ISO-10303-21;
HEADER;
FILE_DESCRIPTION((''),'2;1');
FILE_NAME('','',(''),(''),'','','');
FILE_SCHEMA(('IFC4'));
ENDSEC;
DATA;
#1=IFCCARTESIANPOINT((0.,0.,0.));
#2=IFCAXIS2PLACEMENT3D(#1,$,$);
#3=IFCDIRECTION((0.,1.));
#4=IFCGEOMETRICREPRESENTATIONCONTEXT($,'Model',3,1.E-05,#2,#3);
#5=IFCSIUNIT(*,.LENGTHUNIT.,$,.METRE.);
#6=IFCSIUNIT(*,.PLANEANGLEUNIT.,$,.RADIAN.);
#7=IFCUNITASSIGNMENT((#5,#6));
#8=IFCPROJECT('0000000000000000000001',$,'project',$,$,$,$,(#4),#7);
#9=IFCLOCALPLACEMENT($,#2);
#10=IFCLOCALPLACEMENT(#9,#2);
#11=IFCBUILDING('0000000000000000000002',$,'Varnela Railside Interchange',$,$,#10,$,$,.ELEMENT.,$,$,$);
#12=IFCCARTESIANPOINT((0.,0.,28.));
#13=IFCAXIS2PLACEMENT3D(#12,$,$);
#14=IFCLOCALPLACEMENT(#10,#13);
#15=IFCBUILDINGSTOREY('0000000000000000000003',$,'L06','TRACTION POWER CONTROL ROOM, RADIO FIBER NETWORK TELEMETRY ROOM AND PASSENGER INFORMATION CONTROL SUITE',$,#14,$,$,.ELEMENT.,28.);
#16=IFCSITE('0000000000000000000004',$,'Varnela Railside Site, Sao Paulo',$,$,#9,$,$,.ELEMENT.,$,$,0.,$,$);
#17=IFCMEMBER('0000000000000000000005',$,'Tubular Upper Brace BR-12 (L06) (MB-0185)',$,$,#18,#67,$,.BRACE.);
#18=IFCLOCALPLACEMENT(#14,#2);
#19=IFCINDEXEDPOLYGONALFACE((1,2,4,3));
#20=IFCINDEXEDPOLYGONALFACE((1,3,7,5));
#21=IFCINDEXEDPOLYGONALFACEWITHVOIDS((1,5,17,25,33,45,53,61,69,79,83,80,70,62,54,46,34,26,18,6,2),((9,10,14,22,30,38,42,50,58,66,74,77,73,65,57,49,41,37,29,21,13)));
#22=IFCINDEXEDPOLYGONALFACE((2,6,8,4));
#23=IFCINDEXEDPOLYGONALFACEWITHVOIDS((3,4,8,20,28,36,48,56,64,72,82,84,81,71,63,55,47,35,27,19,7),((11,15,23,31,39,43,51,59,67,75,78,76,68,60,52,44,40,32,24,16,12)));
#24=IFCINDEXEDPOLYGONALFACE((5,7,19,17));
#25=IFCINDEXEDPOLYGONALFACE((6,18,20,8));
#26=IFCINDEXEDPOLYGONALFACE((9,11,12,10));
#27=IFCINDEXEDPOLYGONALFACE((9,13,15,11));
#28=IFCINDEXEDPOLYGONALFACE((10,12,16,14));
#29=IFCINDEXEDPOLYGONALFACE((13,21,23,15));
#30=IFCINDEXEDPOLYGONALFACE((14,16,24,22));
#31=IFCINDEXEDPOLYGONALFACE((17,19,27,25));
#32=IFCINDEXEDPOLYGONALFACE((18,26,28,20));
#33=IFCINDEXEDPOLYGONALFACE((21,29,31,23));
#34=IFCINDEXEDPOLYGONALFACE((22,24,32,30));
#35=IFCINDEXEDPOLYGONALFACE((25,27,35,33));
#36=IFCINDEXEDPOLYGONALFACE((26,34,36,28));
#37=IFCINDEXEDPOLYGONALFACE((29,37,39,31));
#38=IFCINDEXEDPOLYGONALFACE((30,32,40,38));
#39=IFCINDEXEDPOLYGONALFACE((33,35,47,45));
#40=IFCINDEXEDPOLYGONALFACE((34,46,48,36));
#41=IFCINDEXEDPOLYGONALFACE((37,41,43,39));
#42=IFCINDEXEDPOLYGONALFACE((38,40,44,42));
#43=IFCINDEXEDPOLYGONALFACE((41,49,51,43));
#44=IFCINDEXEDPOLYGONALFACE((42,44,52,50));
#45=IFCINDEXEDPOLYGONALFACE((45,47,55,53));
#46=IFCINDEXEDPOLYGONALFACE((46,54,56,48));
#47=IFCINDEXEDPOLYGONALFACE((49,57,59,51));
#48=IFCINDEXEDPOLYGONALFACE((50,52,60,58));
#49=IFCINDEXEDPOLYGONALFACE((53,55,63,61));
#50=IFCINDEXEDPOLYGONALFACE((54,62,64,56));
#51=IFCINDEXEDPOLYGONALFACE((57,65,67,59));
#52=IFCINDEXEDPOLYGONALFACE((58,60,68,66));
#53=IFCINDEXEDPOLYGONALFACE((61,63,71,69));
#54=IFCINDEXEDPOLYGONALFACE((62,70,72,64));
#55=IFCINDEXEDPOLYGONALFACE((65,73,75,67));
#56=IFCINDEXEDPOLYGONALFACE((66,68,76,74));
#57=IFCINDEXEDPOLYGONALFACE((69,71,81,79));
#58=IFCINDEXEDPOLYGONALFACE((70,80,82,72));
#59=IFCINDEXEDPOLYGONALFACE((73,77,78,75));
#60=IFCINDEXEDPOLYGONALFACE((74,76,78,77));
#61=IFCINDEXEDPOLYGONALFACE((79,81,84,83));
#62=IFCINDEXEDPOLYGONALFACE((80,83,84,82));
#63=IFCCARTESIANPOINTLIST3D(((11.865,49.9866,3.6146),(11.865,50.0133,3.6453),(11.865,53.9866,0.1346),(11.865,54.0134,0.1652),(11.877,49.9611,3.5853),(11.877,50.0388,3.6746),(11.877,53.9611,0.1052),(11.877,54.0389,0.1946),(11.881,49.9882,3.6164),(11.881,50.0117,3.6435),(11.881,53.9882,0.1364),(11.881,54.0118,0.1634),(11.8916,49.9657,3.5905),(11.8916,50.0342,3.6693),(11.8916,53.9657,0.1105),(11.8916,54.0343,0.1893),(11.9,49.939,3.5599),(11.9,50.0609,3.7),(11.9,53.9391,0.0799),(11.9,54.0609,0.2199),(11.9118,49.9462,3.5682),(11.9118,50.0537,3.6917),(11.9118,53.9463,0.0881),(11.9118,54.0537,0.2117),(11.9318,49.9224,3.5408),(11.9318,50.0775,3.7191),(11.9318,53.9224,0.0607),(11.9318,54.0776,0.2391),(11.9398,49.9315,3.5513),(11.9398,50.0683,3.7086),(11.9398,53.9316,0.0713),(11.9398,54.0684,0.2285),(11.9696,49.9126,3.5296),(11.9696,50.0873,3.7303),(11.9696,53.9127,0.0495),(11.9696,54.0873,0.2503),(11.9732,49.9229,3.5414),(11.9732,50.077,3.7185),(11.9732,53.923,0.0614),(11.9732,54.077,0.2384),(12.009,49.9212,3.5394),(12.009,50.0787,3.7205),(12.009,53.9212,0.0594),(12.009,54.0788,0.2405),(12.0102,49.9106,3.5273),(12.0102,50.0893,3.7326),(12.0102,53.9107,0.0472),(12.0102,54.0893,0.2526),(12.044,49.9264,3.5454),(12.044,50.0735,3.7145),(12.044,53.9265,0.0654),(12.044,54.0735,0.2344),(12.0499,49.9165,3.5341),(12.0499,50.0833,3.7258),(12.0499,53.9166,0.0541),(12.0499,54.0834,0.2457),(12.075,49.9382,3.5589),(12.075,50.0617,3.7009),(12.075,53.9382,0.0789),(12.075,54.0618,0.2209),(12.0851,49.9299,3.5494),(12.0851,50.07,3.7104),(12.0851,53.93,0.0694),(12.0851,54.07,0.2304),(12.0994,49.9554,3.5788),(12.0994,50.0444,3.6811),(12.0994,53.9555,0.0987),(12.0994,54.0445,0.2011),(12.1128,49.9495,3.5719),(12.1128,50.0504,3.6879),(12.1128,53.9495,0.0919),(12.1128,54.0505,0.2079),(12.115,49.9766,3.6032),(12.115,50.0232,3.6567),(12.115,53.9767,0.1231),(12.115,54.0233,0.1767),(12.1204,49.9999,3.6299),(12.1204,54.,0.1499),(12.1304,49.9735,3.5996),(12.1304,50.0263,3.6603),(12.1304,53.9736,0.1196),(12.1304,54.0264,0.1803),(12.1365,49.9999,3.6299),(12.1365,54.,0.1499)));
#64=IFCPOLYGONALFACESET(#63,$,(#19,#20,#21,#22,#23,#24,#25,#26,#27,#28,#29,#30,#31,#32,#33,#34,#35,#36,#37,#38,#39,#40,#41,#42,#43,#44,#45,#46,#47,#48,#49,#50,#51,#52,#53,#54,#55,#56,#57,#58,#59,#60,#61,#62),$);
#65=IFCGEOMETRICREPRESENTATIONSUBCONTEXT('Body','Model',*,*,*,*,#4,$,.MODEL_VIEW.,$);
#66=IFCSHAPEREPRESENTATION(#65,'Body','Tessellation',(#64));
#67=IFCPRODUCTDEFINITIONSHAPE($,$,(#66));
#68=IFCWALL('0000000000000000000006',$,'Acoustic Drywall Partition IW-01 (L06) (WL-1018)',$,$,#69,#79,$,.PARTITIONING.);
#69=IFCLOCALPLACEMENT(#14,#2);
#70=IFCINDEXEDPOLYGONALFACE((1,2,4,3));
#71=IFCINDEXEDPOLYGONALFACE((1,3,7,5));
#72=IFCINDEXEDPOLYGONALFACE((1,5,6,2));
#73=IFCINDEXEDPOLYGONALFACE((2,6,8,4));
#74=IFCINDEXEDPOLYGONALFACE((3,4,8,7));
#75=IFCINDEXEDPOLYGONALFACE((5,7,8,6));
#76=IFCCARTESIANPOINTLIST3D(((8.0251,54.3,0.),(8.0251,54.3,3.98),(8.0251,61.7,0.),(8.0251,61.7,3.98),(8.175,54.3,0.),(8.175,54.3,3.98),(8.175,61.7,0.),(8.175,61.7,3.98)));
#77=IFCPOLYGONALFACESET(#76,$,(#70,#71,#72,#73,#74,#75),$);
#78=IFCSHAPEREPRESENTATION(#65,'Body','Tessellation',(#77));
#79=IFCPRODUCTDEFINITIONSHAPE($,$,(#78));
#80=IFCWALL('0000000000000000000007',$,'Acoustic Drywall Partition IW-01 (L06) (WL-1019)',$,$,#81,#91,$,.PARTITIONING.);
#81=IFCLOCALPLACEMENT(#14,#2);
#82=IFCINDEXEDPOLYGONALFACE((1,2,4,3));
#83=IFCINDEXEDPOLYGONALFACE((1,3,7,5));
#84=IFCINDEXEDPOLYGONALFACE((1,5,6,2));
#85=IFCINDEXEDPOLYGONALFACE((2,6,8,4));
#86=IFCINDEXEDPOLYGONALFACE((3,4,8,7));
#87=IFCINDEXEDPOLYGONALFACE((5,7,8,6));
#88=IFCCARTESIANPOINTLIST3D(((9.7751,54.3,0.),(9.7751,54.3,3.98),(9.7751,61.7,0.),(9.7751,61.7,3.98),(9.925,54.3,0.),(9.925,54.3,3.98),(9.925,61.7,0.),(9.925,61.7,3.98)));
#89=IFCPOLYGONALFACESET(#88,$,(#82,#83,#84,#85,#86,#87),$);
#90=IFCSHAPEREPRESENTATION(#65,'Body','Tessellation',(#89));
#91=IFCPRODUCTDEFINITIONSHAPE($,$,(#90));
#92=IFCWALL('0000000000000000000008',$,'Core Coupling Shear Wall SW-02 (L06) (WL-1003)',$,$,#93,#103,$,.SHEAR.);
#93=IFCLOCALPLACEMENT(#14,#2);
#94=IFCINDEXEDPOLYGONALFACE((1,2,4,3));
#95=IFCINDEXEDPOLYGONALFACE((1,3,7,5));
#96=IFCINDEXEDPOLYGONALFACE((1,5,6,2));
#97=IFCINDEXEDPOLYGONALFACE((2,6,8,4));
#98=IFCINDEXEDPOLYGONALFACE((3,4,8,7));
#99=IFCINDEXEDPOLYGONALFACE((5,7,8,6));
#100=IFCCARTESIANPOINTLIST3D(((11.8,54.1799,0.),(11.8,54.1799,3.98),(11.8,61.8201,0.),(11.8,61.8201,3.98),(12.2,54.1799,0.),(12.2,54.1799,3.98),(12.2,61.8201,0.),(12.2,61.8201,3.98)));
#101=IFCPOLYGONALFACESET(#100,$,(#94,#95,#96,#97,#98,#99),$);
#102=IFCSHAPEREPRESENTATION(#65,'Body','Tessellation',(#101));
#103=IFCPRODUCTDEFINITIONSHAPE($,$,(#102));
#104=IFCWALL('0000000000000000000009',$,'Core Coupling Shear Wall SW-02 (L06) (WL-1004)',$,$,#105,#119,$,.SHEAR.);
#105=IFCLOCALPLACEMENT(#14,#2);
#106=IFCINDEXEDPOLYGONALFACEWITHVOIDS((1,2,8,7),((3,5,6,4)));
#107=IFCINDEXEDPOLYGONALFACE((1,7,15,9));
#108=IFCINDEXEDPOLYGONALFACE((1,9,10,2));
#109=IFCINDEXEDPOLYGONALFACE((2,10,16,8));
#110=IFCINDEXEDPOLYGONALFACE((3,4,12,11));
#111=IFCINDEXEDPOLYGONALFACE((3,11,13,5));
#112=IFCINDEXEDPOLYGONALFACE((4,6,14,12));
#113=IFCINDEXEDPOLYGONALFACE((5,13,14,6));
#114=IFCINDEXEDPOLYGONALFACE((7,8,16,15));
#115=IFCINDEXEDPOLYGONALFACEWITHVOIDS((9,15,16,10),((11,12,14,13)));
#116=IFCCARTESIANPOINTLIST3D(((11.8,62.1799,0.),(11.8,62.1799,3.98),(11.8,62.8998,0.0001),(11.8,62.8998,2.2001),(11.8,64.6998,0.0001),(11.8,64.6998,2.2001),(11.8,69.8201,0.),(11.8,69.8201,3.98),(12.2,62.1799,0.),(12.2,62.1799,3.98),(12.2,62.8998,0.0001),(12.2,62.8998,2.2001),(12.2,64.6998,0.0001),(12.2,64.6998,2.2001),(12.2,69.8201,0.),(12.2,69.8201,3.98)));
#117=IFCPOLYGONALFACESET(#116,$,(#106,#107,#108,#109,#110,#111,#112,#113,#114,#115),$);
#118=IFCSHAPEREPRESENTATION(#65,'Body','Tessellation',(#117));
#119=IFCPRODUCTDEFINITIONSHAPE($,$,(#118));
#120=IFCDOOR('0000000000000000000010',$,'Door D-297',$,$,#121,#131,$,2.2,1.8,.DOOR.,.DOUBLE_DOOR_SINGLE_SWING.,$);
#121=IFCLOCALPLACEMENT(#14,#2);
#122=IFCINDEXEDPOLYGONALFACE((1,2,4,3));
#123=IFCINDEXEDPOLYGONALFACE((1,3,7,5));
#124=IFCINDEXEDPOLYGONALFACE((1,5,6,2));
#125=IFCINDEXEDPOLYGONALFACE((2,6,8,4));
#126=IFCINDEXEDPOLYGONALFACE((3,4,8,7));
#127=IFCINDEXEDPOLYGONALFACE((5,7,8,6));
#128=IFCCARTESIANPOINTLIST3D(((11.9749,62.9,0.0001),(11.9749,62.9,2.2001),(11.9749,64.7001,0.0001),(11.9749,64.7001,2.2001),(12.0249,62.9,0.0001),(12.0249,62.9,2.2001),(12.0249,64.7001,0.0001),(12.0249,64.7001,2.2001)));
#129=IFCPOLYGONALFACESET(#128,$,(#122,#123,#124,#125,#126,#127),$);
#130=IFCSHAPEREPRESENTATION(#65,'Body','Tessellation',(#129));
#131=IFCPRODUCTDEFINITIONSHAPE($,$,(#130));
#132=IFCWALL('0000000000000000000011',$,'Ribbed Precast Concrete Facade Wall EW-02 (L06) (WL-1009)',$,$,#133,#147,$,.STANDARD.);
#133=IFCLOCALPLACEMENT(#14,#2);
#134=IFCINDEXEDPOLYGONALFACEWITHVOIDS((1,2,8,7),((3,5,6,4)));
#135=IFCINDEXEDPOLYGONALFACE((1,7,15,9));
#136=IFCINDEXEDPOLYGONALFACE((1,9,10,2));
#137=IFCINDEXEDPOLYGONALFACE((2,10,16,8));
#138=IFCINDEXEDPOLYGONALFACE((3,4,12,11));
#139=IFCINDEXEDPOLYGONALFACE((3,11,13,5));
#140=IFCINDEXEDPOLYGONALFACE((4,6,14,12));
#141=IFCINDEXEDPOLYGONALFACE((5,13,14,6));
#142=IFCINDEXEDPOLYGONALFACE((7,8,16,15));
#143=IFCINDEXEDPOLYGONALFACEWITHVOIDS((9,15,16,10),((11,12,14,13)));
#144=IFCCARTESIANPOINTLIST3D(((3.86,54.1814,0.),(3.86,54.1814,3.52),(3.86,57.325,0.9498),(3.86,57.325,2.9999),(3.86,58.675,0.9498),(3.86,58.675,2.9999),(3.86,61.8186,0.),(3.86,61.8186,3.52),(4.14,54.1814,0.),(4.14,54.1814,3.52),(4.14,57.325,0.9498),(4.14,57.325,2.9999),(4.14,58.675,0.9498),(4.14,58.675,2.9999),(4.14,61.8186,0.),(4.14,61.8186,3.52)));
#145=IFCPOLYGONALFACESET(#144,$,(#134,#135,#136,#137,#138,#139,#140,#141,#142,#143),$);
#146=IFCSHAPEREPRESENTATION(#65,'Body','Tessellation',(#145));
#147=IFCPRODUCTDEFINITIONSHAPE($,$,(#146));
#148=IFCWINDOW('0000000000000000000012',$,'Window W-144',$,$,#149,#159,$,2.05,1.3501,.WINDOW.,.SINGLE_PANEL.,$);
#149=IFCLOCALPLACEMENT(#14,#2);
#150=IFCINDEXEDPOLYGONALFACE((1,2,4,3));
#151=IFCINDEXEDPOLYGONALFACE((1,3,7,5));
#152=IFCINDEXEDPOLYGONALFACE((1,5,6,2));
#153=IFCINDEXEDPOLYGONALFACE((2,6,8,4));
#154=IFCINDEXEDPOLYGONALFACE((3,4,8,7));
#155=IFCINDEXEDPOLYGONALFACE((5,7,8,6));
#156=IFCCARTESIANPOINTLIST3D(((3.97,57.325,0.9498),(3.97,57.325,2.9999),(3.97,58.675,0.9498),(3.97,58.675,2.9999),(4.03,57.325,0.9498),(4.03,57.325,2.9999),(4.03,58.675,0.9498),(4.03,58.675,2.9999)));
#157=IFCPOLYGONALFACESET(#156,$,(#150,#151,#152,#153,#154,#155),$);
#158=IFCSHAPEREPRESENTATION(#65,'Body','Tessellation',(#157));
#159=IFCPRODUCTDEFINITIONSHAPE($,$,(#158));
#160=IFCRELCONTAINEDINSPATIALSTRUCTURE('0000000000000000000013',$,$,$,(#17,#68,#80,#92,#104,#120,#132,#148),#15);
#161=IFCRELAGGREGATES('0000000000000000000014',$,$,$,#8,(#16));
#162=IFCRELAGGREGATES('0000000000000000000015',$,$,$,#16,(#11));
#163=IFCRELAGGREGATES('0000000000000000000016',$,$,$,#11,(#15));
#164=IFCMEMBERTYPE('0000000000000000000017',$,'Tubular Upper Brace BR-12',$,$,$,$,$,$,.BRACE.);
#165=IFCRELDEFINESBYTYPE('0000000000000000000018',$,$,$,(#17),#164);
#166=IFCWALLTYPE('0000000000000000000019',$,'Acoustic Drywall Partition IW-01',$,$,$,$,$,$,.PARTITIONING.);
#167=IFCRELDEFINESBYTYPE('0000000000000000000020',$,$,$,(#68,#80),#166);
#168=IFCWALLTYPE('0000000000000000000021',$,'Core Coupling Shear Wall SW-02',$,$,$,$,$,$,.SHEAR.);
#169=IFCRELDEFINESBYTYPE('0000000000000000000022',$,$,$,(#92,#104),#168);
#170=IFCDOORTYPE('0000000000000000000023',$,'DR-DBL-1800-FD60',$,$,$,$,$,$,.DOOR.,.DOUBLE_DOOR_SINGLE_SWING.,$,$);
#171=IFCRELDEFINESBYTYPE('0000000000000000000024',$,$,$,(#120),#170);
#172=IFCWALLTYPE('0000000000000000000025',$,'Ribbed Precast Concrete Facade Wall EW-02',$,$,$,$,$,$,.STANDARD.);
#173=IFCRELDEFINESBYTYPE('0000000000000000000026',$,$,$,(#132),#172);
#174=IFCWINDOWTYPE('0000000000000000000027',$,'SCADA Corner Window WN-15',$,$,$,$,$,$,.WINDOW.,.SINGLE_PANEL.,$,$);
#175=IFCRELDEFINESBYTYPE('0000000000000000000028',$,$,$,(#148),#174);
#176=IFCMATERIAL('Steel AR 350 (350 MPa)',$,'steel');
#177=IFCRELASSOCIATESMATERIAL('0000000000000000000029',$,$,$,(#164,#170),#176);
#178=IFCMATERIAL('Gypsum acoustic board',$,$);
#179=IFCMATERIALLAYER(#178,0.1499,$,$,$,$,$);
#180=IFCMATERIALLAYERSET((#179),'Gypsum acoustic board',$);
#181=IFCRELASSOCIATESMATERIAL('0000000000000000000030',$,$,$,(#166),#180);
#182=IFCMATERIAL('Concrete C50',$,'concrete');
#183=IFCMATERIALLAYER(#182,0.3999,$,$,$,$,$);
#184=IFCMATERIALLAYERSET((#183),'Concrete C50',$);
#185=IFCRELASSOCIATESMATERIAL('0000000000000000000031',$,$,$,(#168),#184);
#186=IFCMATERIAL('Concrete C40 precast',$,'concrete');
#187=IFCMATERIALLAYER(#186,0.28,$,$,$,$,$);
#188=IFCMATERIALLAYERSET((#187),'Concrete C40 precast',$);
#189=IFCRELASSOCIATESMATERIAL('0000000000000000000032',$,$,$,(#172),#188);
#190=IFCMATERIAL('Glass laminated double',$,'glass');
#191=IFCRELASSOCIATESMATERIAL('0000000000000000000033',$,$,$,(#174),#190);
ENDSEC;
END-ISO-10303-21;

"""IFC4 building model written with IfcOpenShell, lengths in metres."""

from ifc_helpers import new_model, si_unit, direction, frame, frame_2d, origin, origin_2d, place, context, subcontext, project, spatial, rectangle, hollow_circle, extrude, material, layer, layer_set, material_profile, profile_set, type_object, element, fill, save


model = new_model("IFC4")

# Units and contexts
model_context = context("Model", 3, precision=1e-05, world=origin(), true_north=direction((0.0, 1.0)))
body_context = subcontext(model_context, "Body", "Model", "MODEL_VIEW")
ifc_project = project(units=[si_unit("LENGTHUNIT", "METRE"), si_unit("PLANEANGLEUNIT", "RADIAN")], contexts=[model_context])

# Site, building, storey
site_placement = place(None, origin())
site = spatial("IfcSite", under=ifc_project, at=site_placement, Name="Varnela Railside Site, Sao Paulo", CompositionType="ELEMENT", RefElevation=0.0)
building_placement = place(site_placement, origin())
building = spatial("IfcBuilding", under=site, at=building_placement, Name="Varnela Railside Interchange", CompositionType="ELEMENT")
storey_placement = place(building_placement, frame((0.0, 0.0, 28.0)))
storey = spatial("IfcBuildingStorey", under=building, at=storey_placement, Name="L06", Description="TRACTION POWER CONTROL ROOM, RADIO FIBER NETWORK TELEMETRY ROOM AND PASSENGER INFORMATION CONTROL SUITE", CompositionType="ELEMENT", Elevation=28.0)

# Shared definitions
ifc_material_1 = material(Name="Steel AR 350 (350 MPa)", Category="steel")

# Member
ifc_material_profile_1 = material_profile(ifc_material_1, hollow_circle(Radius=0.1365, WallThickness=0.0161, at=origin_2d()), Name="CHS 273x16")
ifc_profile_set_1 = profile_set([ifc_material_profile_1], Name="Steel AR 350 (350 MPa)")
member_type = type_object("IfcMemberType", Name="Tubular Upper Brace BR-12", PredefinedType="BRACE", material=ifc_profile_set_1)
member_placement = place(storey_placement, frame((12.0, 54.0, 0.1499), z_axis=(0.0, -0.754445, 0.656363), x_axis=(1.0, 0.0, 0.0)))
element("IfcMember", 1, at=member_placement, inside=storey, type_object=member_type, Name="Tubular Upper Brace BR-12 (L06) (MB-0185)", PredefinedType="BRACE", context=body_context, shape_type="SweptSolid", body=[
    extrude(hollow_circle(Radius=0.1365, WallThickness=0.0161, at=origin_2d()), origin(), (0.0, 0.0, 1.0), 5.302),
])

# Walls
ifc_material_2 = material(Name="Gypsum acoustic board")
ifc_layer_1 = layer(ifc_material_2, 0.1499)
ifc_layer_set_1 = layer_set([ifc_layer_1], Name="Gypsum acoustic board")
wall_type_1 = type_object("IfcWallType", Name="Acoustic Drywall Partition IW-01", PredefinedType="PARTITIONING", material=ifc_layer_set_1)
for number, where, z_axis, x_axis, name in (
    (2, (8.1001, 54.3, 0.0), (0.0, 0.0, 1.0), (0.0, 1.0, 0.0), "Acoustic Drywall Partition IW-01 (L06) (WL-1018)"),
    (3, (9.8501, 54.3, 0.0), (0.0, 0.0, 1.0), (0.0, 1.0, 0.0), "Acoustic Drywall Partition IW-01 (L06) (WL-1019)"),
):
    element("IfcWall", number, at=place(storey_placement, frame(where, z_axis=z_axis, x_axis=x_axis)), inside=storey, type_object=wall_type_1, Name=name, PredefinedType="PARTITIONING", context=body_context, shape_type="SweptSolid", body=[
        extrude(rectangle(XDim=7.3999, YDim=0.1499, at=frame_2d((3.7, 0.0))), origin(), (0.0, 0.0, 1.0), 3.98),
    ])
ifc_material_3 = material(Name="Concrete C50", Category="concrete")
ifc_layer_2 = layer(ifc_material_3, 0.3999)
ifc_layer_set_2 = layer_set([ifc_layer_2], Name="Concrete C50")
wall_type_2 = type_object("IfcWallType", Name="Core Coupling Shear Wall SW-02", PredefinedType="SHEAR", material=ifc_layer_set_2)
wall_1_placement = place(storey_placement, frame((12.0, 54.1799, 0.0), z_axis=(0.0, 0.0, 1.0), x_axis=(0.0, 1.0, 0.0)))
element("IfcWall", 4, at=wall_1_placement, inside=storey, type_object=wall_type_2, Name="Core Coupling Shear Wall SW-02 (L06) (WL-1003)", PredefinedType="SHEAR", context=body_context, shape_type="SweptSolid", body=[
    extrude(rectangle(XDim=7.6401, YDim=0.3999, at=frame_2d((3.8201, 0.0))), origin(), (0.0, 0.0, 1.0), 3.98),
])

# Wall, opening, door
wall_2_placement = place(storey_placement, frame((12.0, 62.1799, 0.0), z_axis=(0.0, 0.0, 1.0), x_axis=(0.0, 1.0, 0.0)))
wall_2 = element("IfcWall", 5, at=wall_2_placement, inside=storey, type_object=wall_type_2, Name="Core Coupling Shear Wall SW-02 (L06) (WL-1004)", PredefinedType="SHEAR", context=body_context, shape_type="SweptSolid", body=[
    extrude(rectangle(XDim=7.6401, YDim=0.3999, at=frame_2d((3.8201, 0.0))), origin(), (0.0, 0.0, 1.0), 3.98),
])
opening_1_placement = place(wall_2_placement, frame((0.72, 0.0, 0.0)))
opening_1 = element("IfcOpeningElement", 6, at=opening_1_placement, cuts=wall_2, PredefinedType="OPENING", context=body_context, shape_type="SweptSolid", body=[
    extrude(rectangle(XDim=1.8, YDim=2.2, at=frame_2d((0.8999, 1.1001))), frame((0.0, 0.21, 0.0), z_axis=(0.0, -1.0, 0.0), x_axis=(1.0, 0.0, 0.0)), (0.0, 0.0, 1.0), 0.4199),
])
door_type_1 = type_object("IfcDoorType", Name="DR-DBL-1800-FD60", OperationType="DOUBLE_DOOR_SINGLE_SWING", PredefinedType="DOOR", material=ifc_material_1)
door_1_placement = place(opening_1_placement, frame((1.8, 0.0, 0.0), z_axis=(0.0, 0.0, 1.0), x_axis=(-1.0, 0.0, 0.0)))
door_1 = element("IfcDoor", 7, at=door_1_placement, inside=storey, type_object=door_type_1, Name="Door D-297", OperationType="DOUBLE_DOOR_SINGLE_SWING", OverallHeight=2.2, OverallWidth=1.8, PredefinedType="DOOR", context=body_context, shape_type="SweptSolid", body=[
    extrude(rectangle(XDim=1.8, YDim=2.2, at=frame_2d((0.8999, 1.1001))), frame((0.0, 0.0249, 0.0), z_axis=(0.0, -1.0, 0.0), x_axis=(1.0, 0.0, 0.0)), (0.0, 0.0, 1.0), 0.05),
])
fill(opening_1, door_1)

# Wall, opening, window
ifc_material_4 = material(Name="Concrete C40 precast", Category="concrete")
ifc_layer_3 = layer(ifc_material_4, 0.28)
ifc_layer_set_3 = layer_set([ifc_layer_3], Name="Concrete C40 precast")
wall_type_3 = type_object("IfcWallType", Name="Ribbed Precast Concrete Facade Wall EW-02", PredefinedType="STANDARD", material=ifc_layer_set_3)
wall_3_placement = place(storey_placement, frame((4.0, 54.1814, 0.0), z_axis=(0.0, 0.0, 1.0), x_axis=(0.0, 1.0, 0.0)))
wall_3 = element("IfcWall", 8, at=wall_3_placement, inside=storey, type_object=wall_type_3, Name="Ribbed Precast Concrete Facade Wall EW-02 (L06) (WL-1009)", PredefinedType="STANDARD", context=body_context, shape_type="SweptSolid", body=[
    extrude(rectangle(XDim=7.6372, YDim=0.28, at=frame_2d((3.8186, 0.0))), origin(), (0.0, 0.0, 1.0), 3.52),
])
opening_2_placement = place(wall_3_placement, frame((3.1436, 0.0, 0.95)))
opening_2 = element("IfcOpeningElement", 9, at=opening_2_placement, cuts=wall_3, PredefinedType="OPENING", context=body_context, shape_type="SweptSolid", body=[
    extrude(rectangle(XDim=1.3501, YDim=2.05, at=frame_2d((0.675, 1.0249))), frame((0.0, 0.1499, 0.0), z_axis=(0.0, -1.0, 0.0), x_axis=(1.0, 0.0, 0.0)), (0.0, 0.0, 1.0), 0.3),
])
ifc_material_5 = material(Name="Glass laminated double", Category="glass")
window_type = type_object("IfcWindowType", Name="SCADA Corner Window WN-15", PartitioningType="SINGLE_PANEL", PredefinedType="WINDOW", material=ifc_material_5)
window_placement = place(opening_2_placement, origin())
window = element("IfcWindow", 10, at=window_placement, inside=storey, type_object=window_type, Name="Window W-144", OverallHeight=2.05, OverallWidth=1.3501, PartitioningType="SINGLE_PANEL", PredefinedType="WINDOW", context=body_context, shape_type="SweptSolid", body=[
    extrude(rectangle(XDim=1.3501, YDim=2.05, at=frame_2d((0.675, 1.0249))), frame((0.0, 0.03, 0.0), z_axis=(0.0, -1.0, 0.0), x_axis=(1.0, 0.0, 0.0)), (0.0, 0.0, 1.0), 0.0601),
])
fill(opening_2, window)

save(model, "model.ifc")
